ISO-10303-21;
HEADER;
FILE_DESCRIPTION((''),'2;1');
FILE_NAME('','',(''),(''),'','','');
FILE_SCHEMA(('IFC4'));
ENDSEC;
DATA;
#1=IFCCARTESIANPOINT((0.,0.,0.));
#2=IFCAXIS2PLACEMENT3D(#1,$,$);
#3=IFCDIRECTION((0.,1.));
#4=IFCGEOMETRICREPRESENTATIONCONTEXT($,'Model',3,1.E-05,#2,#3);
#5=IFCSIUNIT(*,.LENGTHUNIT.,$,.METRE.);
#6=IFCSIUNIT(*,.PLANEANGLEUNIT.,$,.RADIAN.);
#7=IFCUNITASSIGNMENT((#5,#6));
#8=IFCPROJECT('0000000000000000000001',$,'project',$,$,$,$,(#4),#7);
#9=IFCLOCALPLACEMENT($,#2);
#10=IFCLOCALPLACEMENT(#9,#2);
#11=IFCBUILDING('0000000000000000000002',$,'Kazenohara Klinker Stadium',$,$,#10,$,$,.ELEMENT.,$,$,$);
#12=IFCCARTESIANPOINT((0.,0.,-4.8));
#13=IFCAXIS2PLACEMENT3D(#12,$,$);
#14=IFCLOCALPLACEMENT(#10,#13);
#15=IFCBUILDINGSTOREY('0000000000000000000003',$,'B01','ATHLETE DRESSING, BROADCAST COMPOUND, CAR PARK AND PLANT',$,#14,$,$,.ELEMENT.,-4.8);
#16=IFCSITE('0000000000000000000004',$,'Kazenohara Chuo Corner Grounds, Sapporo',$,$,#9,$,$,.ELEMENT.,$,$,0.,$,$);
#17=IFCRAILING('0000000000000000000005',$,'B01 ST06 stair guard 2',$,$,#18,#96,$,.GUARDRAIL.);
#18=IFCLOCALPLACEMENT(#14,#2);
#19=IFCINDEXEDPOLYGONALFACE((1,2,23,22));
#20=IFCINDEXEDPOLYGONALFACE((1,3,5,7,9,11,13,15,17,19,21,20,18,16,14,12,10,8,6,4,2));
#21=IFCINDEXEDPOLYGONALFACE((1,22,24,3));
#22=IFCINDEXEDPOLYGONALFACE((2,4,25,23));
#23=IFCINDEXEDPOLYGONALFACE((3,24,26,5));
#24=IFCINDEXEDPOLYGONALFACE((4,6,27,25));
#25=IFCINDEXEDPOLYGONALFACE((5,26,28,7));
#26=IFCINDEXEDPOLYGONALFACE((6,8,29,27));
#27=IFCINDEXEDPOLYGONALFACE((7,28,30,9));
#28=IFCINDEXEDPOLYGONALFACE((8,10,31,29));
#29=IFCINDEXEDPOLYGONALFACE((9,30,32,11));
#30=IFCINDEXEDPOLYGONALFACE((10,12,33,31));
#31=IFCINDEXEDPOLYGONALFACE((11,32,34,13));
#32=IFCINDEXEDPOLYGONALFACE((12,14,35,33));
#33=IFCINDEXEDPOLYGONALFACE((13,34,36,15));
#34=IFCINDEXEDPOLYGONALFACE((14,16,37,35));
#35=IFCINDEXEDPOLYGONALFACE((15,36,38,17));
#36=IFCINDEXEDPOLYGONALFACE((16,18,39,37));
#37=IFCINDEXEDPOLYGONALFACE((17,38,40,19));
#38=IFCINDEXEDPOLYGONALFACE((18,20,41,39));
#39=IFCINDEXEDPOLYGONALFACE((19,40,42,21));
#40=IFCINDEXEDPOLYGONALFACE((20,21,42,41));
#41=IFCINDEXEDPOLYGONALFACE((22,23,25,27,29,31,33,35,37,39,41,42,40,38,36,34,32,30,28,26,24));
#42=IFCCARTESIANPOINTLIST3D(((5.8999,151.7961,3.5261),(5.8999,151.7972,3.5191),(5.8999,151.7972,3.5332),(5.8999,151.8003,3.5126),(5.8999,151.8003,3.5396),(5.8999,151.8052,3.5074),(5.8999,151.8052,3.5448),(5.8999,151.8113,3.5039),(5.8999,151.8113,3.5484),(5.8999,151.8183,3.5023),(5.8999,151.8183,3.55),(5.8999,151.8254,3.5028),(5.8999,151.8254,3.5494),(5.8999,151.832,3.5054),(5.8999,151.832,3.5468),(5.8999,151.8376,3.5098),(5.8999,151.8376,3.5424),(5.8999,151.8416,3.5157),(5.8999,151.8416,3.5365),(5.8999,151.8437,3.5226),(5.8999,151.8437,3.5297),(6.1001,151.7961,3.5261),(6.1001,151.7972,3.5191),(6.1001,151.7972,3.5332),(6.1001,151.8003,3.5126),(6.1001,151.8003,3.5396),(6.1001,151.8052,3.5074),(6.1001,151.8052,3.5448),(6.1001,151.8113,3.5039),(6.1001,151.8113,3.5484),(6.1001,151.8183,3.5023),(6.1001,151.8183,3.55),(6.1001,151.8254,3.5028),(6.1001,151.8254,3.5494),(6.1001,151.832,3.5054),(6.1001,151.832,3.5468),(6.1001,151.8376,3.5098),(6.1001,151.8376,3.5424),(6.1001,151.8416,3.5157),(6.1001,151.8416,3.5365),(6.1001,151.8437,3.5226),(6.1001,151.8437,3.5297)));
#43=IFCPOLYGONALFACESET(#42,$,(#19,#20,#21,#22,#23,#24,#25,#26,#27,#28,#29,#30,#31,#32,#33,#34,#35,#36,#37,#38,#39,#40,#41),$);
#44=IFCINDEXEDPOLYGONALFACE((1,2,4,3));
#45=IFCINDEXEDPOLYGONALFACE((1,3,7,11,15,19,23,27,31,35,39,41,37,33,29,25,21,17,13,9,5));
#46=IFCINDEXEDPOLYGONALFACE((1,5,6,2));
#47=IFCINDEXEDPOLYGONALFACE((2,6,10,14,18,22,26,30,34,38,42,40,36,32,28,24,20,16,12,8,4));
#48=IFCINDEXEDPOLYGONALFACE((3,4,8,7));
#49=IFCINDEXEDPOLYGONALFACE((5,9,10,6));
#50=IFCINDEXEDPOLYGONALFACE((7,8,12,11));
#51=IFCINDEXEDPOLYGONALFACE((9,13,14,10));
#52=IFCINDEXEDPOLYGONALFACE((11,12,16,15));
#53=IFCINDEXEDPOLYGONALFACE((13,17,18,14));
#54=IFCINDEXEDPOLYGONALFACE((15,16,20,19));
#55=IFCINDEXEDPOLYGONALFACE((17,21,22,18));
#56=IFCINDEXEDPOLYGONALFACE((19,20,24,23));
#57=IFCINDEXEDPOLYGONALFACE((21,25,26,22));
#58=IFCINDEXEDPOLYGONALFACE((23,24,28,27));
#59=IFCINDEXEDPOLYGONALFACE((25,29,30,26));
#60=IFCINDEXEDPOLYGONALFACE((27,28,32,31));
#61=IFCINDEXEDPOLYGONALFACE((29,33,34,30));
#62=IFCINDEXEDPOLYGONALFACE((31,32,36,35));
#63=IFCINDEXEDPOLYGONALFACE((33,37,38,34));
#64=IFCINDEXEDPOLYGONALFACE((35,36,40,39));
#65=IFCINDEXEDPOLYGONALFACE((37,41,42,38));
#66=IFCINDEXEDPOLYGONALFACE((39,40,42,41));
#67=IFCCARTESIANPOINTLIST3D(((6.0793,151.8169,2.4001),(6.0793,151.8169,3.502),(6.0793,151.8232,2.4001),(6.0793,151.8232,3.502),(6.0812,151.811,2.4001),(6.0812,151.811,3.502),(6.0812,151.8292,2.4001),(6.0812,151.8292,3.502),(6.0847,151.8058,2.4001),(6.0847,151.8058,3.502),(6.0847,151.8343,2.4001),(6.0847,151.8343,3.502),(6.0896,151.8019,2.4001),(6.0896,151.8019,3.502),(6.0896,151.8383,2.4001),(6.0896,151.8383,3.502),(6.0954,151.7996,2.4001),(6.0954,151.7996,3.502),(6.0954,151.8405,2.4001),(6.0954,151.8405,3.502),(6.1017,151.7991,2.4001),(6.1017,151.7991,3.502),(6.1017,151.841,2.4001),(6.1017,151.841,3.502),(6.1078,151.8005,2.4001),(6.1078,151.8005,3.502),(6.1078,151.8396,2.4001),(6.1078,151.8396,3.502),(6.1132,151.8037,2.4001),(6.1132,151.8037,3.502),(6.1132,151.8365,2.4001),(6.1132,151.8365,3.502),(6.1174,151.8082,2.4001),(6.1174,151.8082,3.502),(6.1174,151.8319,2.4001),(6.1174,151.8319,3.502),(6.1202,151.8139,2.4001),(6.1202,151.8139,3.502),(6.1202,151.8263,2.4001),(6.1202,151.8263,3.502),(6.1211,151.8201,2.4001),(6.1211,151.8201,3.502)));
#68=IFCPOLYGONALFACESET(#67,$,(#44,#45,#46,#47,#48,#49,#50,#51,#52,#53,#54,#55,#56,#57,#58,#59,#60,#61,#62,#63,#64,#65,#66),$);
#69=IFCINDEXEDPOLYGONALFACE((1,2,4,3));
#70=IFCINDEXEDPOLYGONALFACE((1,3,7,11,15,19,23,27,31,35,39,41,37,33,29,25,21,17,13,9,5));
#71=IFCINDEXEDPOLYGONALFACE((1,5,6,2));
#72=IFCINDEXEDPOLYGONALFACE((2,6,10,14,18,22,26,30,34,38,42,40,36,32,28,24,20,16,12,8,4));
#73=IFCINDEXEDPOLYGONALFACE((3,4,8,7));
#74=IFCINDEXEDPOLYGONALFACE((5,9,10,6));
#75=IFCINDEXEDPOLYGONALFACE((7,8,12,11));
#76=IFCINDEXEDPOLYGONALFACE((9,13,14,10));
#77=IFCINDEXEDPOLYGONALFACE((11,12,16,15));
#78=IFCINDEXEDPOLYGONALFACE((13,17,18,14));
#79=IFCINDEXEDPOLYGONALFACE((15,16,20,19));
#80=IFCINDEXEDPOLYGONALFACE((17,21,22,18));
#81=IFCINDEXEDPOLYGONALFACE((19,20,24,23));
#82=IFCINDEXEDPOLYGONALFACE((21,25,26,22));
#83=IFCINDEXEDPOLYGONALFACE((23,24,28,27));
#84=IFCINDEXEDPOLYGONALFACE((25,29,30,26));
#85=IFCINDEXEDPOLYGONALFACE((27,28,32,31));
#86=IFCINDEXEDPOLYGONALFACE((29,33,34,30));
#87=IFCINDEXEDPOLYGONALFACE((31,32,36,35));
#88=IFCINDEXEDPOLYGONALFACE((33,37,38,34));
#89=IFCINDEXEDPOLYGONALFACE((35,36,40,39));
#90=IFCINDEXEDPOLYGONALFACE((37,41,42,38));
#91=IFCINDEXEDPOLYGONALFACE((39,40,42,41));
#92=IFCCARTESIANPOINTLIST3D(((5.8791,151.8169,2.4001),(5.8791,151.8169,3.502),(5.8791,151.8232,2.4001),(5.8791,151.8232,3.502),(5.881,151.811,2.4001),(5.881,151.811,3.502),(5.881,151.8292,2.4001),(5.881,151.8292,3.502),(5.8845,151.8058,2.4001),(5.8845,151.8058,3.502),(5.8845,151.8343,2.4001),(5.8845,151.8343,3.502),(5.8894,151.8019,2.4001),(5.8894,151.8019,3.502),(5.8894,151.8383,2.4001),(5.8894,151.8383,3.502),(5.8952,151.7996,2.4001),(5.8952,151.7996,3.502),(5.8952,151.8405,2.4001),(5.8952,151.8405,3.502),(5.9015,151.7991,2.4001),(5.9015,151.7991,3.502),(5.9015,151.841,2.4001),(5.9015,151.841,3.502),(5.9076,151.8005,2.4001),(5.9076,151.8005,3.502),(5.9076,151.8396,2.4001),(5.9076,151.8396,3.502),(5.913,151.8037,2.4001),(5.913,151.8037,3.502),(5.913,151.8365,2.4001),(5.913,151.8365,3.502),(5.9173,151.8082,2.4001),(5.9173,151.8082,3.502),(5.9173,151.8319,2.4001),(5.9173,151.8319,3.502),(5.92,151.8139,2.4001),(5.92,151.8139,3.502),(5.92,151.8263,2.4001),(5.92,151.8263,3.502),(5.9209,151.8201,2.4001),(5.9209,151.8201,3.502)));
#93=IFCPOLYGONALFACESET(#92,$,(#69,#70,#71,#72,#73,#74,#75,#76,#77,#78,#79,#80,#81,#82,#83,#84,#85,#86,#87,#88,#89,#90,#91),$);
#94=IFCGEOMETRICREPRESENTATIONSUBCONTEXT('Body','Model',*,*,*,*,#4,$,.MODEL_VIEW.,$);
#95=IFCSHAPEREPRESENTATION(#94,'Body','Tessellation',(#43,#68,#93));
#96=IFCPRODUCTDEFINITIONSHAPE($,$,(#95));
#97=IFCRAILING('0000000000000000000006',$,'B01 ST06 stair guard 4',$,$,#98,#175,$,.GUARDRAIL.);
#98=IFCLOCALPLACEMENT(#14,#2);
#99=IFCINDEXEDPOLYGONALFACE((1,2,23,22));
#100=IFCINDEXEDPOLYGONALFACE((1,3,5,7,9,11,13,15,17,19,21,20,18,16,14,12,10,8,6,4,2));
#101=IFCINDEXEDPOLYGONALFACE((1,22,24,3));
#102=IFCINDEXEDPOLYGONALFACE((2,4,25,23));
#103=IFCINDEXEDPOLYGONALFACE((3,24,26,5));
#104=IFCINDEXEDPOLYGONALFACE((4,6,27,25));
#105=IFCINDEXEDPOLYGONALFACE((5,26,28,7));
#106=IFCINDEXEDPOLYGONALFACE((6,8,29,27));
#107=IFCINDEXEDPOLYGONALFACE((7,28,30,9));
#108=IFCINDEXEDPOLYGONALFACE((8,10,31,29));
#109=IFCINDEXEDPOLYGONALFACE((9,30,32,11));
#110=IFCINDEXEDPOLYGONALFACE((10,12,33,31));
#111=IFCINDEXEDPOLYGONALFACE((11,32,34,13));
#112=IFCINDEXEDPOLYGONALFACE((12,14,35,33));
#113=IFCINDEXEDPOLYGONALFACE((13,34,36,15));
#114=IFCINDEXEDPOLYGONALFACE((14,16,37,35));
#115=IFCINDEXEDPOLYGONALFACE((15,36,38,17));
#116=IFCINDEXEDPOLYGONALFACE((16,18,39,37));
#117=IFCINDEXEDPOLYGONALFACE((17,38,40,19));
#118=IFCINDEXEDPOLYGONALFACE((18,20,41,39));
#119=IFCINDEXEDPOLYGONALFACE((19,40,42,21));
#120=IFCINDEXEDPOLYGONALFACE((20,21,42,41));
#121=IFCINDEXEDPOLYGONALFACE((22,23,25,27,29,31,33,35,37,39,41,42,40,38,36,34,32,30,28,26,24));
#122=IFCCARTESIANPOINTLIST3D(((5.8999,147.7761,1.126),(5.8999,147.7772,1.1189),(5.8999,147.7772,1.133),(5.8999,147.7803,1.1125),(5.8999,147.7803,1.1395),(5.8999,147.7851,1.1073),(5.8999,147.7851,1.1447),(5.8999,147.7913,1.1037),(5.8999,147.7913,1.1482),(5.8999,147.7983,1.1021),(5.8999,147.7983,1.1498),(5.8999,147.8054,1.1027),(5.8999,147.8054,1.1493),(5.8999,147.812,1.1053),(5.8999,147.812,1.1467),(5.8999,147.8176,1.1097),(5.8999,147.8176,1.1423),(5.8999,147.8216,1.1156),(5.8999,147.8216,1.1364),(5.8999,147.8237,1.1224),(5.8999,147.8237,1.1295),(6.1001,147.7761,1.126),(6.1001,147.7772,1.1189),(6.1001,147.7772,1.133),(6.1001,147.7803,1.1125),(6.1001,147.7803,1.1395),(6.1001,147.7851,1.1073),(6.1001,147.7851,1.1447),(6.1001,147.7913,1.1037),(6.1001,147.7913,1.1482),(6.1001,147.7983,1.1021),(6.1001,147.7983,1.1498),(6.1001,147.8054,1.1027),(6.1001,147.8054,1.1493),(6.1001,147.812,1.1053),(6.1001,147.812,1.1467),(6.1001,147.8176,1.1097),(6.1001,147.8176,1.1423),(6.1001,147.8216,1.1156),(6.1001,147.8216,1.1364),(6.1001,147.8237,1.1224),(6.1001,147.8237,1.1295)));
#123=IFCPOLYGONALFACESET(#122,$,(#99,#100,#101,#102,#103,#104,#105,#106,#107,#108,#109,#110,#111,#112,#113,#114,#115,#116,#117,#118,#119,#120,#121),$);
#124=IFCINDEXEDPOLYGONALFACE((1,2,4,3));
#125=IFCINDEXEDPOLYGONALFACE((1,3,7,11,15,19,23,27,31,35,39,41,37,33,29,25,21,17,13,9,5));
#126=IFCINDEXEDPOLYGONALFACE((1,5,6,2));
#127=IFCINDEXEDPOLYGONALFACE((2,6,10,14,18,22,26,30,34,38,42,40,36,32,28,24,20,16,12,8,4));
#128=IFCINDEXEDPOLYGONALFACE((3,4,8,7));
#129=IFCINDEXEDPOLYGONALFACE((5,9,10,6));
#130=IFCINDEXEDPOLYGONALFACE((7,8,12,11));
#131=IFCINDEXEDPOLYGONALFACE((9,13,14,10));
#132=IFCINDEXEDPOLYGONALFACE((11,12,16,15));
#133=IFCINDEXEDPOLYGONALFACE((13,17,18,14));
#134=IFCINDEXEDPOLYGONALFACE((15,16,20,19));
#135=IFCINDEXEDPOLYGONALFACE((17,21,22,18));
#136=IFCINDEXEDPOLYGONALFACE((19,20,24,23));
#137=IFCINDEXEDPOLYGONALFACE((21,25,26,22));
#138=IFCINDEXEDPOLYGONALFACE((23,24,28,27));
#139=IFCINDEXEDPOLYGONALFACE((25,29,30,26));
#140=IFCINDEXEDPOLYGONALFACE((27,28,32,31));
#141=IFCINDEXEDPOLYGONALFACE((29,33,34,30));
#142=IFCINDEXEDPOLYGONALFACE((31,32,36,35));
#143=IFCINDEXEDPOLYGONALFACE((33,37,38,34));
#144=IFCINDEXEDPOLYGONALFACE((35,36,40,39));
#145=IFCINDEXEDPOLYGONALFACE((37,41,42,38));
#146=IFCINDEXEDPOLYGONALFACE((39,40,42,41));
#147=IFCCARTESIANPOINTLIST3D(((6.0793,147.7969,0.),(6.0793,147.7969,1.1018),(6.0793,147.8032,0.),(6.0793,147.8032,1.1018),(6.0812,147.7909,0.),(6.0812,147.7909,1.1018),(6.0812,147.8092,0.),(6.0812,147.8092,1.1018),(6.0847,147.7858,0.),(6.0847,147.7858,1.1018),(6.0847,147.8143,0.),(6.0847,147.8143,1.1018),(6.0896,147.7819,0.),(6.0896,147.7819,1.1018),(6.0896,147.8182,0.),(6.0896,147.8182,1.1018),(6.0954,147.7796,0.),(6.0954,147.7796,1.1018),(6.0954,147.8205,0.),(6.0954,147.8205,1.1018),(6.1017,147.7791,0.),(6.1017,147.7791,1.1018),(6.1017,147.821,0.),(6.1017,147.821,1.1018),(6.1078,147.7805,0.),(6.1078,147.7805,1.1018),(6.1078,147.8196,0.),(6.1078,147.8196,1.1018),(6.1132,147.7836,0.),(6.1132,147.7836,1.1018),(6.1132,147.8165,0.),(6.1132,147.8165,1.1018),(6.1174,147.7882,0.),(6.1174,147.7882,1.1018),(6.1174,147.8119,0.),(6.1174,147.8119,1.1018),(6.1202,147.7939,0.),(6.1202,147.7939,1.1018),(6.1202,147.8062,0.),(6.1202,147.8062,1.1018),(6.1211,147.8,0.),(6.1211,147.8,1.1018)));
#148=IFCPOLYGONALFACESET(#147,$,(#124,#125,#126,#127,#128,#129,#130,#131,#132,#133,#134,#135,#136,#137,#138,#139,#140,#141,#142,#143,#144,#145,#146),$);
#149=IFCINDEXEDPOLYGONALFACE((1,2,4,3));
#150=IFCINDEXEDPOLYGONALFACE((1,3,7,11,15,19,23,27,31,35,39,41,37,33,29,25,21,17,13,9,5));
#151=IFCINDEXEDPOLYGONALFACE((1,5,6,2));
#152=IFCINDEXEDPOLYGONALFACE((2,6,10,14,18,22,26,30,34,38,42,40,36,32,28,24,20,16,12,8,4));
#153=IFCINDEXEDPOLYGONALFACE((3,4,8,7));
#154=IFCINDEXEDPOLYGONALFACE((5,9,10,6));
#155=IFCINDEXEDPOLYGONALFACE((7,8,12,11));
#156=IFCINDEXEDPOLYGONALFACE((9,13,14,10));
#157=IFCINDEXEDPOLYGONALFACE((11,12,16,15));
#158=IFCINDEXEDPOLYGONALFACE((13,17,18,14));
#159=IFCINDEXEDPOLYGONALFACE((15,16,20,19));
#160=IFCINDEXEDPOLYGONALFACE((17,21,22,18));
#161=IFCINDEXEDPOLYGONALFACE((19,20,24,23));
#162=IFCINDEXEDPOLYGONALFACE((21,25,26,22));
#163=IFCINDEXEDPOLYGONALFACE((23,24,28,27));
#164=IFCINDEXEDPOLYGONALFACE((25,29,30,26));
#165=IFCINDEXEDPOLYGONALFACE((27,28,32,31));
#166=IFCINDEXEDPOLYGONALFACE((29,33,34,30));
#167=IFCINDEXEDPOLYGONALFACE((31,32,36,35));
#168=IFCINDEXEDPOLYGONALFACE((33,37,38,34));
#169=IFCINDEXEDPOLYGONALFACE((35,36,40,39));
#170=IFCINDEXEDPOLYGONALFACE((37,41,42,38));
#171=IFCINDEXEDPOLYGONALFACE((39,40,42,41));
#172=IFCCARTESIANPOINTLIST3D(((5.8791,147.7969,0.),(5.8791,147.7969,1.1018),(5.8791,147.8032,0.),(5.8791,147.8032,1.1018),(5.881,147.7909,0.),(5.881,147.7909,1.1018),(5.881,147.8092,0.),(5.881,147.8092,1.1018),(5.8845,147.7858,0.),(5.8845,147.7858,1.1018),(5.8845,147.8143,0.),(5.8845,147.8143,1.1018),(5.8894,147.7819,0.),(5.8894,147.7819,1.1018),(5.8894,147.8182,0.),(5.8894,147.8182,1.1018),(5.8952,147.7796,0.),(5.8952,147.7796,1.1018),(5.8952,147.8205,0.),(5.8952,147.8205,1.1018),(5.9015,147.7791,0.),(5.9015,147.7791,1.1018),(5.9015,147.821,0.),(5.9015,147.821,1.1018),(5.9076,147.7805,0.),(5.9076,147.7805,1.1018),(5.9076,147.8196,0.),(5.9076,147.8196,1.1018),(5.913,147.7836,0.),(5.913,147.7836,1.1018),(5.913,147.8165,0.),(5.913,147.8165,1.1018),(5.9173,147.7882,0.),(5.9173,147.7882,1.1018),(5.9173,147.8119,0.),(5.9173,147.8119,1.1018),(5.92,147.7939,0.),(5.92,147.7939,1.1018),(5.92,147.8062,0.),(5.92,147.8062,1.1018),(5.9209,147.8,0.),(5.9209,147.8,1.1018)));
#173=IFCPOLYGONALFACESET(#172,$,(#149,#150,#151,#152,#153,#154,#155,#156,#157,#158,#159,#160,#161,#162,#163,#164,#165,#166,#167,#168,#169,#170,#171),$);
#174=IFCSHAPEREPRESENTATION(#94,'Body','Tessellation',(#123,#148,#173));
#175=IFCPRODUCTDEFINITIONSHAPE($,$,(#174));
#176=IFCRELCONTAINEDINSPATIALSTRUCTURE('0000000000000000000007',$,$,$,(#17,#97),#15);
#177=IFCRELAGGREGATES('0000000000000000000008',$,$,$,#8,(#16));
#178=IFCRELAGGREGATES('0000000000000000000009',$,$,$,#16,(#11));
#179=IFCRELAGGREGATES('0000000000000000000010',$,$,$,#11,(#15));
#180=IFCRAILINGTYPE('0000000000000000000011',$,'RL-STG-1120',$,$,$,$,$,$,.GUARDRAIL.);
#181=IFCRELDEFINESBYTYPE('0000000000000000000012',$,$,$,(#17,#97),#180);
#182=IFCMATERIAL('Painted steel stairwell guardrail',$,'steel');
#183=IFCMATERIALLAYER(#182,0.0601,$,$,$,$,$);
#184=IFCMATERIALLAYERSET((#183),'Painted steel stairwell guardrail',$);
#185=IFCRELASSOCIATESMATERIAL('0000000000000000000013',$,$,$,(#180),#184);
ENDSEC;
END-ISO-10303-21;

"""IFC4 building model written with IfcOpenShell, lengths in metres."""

from ifc_helpers import new_model, si_unit, direction, frame, origin, origin_2d, place, context, subcontext, project, spatial, circle, extrude, material, layer, layer_set, type_object, element, save


model = new_model("IFC4")

# Units and contexts
model_context = context("Model", 3, precision=1e-05, world=origin(), true_north=direction((0.0, 1.0)))
body_context = subcontext(model_context, "Body", "Model", "MODEL_VIEW")
ifc_project = project(units=[si_unit("LENGTHUNIT", "METRE"), si_unit("PLANEANGLEUNIT", "RADIAN")], contexts=[model_context])

# Site, building, storey
site_placement = place(None, origin())
site = spatial("IfcSite", under=ifc_project, at=site_placement, Name="Kazenohara Chuo Corner Grounds, Sapporo", CompositionType="ELEMENT", RefElevation=0.0)
building_placement = place(site_placement, origin())
building = spatial("IfcBuilding", under=site, at=building_placement, Name="Kazenohara Klinker Stadium", CompositionType="ELEMENT")
storey_placement = place(building_placement, frame((0.0, 0.0, -4.8)))
storey = spatial("IfcBuildingStorey", under=building, at=storey_placement, Name="B01", Description="ATHLETE DRESSING, BROADCAST COMPOUND, CAR PARK AND PLANT", CompositionType="ELEMENT", Elevation=-4.8)

# Railings
ifc_material_1 = material(Name="Painted steel stairwell guardrail", Category="steel")
ifc_layer_1 = layer(ifc_material_1, 0.0601)
ifc_layer_set_1 = layer_set([ifc_layer_1], Name="Painted steel stairwell guardrail")
railing_type_1 = type_object("IfcRailingType", Name="RL-STG-1120", PredefinedType="GUARDRAIL", material=ifc_layer_set_1)
for number, where, name in (
    (1, (6.1001, 151.8201, 2.4001), "B01 ST06 stair guard 2"),
    (2, (6.1001, 147.8, 0.0), "B01 ST06 stair guard 4"),
):
    element("IfcRailing", number, at=place(storey_placement, frame(where)), inside=storey, type_object=railing_type_1, Name=name, PredefinedType="GUARDRAIL", context=body_context, shape_type="SweptSolid", body=[
        extrude(circle(Radius=0.0239, at=origin_2d()), frame((0.0, 0.0, 1.126), z_axis=(-1.0, 0.0, 0.0), x_axis=(0.0, -1.0, 0.0)), (0.0, 0.0, 1.0), 0.2002),
        extrude(circle(Radius=0.021, at=origin_2d()), origin(), (0.0, 0.0, 1.0), 1.1018),
        extrude(circle(Radius=0.021, at=origin_2d()), frame((-0.2002, 0.0, 0.0)), (0.0, 0.0, 1.0), 1.1018),
    ])

save(model, "model.ifc")
